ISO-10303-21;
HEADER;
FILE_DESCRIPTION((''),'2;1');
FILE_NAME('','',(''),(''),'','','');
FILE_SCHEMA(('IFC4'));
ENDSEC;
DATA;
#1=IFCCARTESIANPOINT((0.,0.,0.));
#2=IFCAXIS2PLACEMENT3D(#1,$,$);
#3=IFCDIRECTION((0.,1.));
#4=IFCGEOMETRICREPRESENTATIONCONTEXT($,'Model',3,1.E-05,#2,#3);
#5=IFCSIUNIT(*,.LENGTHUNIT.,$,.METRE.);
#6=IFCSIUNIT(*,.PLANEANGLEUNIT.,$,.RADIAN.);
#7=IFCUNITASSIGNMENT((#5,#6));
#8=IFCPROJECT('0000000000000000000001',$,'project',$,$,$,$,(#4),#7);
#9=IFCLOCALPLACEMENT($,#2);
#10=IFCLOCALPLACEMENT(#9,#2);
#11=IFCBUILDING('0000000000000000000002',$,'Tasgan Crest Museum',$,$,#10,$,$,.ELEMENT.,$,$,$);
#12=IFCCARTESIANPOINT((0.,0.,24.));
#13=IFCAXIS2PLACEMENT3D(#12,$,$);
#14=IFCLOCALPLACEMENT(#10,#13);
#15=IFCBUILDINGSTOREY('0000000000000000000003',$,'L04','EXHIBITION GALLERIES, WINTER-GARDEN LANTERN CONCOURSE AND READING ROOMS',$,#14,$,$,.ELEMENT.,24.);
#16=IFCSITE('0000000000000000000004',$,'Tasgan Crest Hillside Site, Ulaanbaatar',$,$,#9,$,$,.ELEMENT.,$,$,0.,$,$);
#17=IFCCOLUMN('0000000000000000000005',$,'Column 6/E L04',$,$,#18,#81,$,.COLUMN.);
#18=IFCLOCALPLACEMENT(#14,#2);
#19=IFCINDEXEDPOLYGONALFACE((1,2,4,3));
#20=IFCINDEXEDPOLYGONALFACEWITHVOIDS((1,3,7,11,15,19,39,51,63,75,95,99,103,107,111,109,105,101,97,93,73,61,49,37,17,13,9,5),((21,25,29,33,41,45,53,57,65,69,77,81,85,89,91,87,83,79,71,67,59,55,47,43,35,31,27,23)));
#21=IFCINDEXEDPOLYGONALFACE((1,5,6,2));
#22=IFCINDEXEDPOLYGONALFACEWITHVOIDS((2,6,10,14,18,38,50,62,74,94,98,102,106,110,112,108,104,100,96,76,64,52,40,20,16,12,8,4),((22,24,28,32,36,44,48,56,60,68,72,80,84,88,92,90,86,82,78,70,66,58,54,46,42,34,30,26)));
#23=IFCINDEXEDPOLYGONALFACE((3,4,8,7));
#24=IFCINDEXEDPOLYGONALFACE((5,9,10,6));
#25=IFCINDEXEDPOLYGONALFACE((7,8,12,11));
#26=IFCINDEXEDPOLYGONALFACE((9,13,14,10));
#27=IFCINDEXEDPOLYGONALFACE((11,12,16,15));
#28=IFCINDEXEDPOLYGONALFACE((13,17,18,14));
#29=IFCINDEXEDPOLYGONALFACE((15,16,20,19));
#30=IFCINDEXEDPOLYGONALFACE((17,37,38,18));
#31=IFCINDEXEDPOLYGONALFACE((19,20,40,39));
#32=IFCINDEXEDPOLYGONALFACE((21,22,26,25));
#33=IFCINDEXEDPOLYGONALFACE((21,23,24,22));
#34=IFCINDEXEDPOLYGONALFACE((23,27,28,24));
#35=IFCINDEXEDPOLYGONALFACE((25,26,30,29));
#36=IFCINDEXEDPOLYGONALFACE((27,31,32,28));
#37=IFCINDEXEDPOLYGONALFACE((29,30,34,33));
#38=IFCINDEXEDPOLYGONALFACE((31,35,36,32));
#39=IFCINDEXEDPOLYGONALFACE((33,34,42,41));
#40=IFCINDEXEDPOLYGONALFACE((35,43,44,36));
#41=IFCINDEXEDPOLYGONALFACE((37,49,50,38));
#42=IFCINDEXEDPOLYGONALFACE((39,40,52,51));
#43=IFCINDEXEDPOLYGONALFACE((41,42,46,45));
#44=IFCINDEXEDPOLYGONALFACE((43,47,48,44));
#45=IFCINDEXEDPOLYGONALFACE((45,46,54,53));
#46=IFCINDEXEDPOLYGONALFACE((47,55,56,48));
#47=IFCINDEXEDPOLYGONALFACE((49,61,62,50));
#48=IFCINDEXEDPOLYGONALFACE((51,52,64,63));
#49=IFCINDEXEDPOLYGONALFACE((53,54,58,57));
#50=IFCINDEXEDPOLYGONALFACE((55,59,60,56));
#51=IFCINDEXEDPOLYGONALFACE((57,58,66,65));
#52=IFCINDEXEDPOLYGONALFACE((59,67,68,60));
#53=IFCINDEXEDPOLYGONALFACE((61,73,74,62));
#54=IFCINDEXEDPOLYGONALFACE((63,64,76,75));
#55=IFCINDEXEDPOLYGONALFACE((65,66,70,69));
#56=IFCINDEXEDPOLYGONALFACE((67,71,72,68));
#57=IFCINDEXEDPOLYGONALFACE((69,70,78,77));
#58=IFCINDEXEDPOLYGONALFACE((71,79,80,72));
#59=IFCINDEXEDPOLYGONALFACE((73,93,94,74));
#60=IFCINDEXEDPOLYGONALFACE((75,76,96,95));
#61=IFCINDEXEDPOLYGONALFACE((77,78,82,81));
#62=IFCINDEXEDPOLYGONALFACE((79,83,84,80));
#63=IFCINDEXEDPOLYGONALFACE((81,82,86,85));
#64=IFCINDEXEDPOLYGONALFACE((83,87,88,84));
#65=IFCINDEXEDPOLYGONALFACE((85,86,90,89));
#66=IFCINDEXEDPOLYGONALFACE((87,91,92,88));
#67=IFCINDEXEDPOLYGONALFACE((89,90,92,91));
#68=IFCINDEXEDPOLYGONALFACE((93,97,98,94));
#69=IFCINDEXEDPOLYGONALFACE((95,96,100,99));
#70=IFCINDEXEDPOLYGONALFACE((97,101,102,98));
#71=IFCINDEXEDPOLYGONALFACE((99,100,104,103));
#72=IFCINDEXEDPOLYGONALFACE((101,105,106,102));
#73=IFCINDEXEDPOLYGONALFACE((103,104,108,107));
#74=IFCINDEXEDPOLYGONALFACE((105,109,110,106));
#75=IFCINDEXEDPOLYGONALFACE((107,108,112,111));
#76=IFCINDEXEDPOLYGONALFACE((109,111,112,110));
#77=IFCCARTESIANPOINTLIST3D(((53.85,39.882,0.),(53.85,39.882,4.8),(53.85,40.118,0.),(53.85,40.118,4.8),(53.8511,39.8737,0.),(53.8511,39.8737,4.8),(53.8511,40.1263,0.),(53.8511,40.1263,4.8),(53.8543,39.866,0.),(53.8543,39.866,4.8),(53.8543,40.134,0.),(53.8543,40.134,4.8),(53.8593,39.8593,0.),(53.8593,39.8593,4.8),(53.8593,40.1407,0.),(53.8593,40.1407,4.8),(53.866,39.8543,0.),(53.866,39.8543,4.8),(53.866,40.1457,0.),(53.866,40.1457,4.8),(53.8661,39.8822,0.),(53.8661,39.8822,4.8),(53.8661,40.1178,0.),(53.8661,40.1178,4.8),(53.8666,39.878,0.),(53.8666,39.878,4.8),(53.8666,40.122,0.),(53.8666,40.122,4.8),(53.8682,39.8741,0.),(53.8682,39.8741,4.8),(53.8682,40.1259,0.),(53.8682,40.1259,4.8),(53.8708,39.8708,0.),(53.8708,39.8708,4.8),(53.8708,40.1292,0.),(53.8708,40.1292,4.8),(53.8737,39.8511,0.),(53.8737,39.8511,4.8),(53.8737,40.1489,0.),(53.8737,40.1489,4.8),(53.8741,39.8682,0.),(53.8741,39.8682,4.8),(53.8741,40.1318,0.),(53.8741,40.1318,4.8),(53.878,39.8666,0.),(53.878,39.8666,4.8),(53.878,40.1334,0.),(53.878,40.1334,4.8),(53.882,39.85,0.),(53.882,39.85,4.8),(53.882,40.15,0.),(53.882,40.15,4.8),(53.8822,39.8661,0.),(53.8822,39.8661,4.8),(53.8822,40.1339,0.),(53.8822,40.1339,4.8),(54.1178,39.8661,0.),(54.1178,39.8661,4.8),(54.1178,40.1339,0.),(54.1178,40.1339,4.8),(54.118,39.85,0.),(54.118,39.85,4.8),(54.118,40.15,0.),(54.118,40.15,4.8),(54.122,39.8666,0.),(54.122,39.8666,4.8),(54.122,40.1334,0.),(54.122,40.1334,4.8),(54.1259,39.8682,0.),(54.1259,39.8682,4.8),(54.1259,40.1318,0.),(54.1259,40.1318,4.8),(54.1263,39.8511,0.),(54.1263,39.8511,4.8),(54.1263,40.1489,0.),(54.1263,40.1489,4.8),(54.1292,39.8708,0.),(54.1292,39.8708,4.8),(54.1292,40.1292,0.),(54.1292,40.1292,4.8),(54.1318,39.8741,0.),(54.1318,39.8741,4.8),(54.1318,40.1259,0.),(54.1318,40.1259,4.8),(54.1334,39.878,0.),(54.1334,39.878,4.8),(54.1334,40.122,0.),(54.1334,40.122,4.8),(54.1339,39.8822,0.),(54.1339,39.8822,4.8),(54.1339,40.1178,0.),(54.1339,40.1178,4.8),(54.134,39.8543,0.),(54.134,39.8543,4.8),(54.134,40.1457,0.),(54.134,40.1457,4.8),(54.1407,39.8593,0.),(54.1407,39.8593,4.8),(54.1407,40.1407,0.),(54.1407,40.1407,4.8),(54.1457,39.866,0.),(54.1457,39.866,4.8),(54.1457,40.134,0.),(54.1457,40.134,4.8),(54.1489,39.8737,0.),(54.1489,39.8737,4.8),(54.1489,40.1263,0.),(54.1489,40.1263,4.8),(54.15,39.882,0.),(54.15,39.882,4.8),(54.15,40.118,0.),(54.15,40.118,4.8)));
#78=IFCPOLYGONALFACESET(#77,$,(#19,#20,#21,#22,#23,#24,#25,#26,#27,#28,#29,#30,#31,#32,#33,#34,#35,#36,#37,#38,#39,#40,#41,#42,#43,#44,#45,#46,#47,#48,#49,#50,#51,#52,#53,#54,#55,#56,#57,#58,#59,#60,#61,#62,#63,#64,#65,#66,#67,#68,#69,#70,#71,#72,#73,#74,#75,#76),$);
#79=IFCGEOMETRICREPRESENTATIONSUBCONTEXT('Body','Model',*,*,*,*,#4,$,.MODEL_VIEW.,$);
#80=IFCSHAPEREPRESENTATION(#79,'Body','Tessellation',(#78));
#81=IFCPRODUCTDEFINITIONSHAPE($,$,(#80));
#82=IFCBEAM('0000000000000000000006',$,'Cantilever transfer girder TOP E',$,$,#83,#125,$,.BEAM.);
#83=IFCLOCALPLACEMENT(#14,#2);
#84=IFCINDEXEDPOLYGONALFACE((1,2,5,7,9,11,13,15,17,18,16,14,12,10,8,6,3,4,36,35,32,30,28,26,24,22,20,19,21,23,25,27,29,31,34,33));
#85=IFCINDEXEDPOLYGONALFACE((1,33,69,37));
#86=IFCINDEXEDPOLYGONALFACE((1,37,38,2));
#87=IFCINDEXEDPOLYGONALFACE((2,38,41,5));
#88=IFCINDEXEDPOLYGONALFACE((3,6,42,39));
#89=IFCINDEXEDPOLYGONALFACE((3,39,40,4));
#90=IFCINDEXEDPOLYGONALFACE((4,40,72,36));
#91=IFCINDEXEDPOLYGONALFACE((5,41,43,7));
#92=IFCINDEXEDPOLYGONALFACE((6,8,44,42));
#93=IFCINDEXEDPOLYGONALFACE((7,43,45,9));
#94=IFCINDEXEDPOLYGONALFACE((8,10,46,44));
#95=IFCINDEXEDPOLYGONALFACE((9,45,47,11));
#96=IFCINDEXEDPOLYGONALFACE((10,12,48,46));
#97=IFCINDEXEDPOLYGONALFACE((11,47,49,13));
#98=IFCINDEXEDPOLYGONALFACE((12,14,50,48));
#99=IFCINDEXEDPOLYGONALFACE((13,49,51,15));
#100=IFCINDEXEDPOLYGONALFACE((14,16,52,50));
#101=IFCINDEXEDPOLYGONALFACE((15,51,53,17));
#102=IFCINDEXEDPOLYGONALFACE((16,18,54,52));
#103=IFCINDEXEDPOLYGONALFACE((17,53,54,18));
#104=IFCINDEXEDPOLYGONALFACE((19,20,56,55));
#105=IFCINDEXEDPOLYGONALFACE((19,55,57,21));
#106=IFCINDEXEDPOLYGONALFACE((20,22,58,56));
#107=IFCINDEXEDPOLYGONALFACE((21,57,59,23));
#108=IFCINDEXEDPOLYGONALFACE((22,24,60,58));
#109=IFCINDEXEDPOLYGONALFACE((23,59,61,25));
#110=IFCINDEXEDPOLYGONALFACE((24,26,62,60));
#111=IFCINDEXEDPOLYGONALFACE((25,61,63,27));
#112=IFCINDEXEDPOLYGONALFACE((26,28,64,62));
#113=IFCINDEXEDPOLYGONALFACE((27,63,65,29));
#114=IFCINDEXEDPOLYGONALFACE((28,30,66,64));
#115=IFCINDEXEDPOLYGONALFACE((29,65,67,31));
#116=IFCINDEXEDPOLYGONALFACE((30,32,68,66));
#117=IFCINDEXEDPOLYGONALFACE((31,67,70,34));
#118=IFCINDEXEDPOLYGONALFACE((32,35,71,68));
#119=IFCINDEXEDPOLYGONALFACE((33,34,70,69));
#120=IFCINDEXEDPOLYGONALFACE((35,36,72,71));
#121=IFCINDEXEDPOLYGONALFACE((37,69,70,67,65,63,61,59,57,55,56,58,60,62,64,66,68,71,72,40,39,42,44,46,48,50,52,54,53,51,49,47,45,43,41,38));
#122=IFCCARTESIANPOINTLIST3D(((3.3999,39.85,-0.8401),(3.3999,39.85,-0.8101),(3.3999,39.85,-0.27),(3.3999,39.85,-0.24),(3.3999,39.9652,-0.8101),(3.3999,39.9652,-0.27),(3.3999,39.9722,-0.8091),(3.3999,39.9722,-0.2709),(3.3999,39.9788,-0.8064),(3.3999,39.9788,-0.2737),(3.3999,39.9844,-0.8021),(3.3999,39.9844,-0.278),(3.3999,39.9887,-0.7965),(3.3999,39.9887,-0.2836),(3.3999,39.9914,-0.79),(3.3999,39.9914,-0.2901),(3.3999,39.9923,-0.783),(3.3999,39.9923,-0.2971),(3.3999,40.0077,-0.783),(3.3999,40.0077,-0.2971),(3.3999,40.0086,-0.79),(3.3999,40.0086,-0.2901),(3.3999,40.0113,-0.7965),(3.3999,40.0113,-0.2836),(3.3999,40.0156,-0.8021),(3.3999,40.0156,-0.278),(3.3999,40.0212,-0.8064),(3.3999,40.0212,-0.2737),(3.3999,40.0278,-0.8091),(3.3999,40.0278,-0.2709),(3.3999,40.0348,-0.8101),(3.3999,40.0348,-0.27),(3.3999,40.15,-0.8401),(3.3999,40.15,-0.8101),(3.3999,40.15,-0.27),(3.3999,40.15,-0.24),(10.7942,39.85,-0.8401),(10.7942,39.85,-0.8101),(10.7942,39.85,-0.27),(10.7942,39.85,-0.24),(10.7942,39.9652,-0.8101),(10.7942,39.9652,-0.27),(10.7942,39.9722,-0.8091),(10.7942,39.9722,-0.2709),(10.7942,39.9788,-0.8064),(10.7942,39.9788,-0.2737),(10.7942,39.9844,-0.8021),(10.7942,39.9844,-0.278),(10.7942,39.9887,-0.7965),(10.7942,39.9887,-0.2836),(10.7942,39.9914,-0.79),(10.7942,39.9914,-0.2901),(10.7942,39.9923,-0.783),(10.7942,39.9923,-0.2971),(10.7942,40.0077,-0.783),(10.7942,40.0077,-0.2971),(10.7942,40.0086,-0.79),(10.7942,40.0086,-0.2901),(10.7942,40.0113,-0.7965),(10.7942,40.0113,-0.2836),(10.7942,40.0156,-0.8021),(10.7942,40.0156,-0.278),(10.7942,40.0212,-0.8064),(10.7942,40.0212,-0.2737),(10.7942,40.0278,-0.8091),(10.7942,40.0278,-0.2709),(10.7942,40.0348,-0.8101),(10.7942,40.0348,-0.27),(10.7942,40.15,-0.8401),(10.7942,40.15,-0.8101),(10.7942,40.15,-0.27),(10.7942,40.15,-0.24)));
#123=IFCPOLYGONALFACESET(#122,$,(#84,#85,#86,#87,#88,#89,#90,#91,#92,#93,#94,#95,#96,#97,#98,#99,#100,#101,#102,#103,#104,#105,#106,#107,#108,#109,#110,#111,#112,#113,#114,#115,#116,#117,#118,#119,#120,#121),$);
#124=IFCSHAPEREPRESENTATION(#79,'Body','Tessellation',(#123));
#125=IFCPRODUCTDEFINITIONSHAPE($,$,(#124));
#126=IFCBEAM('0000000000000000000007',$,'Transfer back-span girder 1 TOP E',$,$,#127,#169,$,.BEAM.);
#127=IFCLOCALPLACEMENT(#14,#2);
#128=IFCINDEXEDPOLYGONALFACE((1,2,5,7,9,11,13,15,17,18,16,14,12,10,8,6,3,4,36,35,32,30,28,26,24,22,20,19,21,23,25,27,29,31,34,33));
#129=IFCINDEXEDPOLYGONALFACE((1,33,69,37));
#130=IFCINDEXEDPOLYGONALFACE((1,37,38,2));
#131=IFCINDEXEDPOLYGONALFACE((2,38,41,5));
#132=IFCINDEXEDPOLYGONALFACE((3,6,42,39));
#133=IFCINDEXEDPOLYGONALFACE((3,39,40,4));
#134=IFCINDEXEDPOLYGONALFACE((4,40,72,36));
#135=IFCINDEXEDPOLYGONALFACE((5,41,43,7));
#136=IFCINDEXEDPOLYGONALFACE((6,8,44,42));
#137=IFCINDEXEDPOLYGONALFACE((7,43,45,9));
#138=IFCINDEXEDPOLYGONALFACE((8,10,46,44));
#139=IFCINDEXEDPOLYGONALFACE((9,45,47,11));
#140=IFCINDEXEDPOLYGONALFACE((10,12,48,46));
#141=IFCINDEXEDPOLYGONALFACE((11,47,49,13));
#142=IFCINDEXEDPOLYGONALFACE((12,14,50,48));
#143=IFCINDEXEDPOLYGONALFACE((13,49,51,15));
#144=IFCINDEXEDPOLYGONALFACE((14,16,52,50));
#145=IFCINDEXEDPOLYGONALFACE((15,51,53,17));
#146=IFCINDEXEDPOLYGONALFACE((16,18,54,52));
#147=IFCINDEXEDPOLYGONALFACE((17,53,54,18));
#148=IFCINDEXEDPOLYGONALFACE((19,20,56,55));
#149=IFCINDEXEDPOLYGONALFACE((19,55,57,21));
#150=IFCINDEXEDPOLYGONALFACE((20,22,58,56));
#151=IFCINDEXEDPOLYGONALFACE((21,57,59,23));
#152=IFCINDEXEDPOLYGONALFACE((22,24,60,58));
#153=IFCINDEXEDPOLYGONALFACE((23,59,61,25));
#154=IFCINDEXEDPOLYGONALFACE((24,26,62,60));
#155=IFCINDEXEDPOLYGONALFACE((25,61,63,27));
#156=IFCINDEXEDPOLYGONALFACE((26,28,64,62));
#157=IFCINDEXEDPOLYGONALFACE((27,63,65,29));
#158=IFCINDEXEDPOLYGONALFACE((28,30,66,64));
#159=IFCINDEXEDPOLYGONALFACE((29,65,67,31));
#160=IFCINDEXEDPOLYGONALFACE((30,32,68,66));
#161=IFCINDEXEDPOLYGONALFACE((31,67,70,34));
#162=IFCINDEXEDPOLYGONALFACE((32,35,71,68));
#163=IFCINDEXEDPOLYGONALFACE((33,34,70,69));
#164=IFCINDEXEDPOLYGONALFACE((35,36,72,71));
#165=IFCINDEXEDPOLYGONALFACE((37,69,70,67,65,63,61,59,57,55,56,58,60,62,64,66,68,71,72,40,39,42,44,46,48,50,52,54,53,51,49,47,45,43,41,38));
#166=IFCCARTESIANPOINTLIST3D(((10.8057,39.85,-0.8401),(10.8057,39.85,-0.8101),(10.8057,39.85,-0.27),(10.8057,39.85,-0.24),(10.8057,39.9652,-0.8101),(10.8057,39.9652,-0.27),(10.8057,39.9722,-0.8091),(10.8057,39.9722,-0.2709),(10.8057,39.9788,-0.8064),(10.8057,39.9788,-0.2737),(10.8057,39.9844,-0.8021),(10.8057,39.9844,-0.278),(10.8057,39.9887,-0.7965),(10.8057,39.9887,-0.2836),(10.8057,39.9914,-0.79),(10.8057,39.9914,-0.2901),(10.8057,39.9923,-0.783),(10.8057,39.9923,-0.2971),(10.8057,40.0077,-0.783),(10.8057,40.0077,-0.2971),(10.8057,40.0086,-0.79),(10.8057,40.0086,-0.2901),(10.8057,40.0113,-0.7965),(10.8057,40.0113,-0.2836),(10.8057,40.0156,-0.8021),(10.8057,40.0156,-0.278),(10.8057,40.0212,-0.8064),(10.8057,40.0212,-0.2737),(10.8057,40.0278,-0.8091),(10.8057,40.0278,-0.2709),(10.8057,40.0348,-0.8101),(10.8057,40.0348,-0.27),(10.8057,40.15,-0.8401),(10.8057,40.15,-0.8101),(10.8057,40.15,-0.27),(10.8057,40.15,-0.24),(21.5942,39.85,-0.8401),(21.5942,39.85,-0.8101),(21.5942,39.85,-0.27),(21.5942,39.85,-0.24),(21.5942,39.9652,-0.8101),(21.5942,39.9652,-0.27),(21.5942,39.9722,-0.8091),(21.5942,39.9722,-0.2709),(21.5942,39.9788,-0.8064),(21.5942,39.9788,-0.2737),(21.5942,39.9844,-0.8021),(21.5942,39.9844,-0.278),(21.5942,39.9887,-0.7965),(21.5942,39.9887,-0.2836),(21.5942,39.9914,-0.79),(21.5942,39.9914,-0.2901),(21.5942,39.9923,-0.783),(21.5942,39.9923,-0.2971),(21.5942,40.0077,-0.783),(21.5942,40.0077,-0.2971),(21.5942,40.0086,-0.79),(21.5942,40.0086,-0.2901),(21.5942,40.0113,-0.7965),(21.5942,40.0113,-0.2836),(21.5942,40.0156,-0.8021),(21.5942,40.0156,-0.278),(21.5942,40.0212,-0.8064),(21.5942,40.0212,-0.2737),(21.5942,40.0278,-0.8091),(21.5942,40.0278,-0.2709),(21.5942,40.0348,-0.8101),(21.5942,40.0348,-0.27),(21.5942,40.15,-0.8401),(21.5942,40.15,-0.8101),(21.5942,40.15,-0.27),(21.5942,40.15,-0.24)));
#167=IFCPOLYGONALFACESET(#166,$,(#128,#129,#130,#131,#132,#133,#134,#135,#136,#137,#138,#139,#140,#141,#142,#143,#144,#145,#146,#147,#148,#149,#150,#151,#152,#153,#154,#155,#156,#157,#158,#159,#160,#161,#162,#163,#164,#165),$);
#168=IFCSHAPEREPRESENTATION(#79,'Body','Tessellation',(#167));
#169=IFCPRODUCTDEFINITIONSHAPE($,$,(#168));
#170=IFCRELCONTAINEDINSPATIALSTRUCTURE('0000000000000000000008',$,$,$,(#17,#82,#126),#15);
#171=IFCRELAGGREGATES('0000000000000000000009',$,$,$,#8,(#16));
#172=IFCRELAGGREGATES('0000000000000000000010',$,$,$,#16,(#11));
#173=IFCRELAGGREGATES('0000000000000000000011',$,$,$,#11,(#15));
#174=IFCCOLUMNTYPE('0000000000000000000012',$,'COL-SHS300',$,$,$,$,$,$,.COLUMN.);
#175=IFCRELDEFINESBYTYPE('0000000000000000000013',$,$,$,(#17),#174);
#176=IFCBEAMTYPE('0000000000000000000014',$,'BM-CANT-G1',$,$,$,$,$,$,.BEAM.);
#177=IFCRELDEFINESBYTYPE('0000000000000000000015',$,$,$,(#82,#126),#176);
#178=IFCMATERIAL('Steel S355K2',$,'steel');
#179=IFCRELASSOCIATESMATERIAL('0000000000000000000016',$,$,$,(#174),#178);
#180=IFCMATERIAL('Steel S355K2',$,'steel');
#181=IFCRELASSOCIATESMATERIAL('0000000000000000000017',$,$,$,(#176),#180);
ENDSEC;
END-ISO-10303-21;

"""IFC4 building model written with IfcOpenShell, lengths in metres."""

from ifc_helpers import new_model, si_unit, direction, frame, origin, origin_2d, place, context, subcontext, project, spatial, hollow_rectangle, i_section, extrude, material, material_profile, profile_set, type_object, element, save


model = new_model("IFC4")

# Units and contexts
model_context = context("Model", 3, precision=1e-05, world=origin(), true_north=direction((0.0, 1.0)))
body_context = subcontext(model_context, "Body", "Model", "MODEL_VIEW")
ifc_project = project(units=[si_unit("LENGTHUNIT", "METRE"), si_unit("PLANEANGLEUNIT", "RADIAN")], contexts=[model_context])

# Site, building, storey
site_placement = place(None, origin())
site = spatial("IfcSite", under=ifc_project, at=site_placement, Name="Tasgan Crest Hillside Site, Ulaanbaatar", CompositionType="ELEMENT", RefElevation=0.0)
building_placement = place(site_placement, origin())
building = spatial("IfcBuilding", under=site, at=building_placement, Name="Tasgan Crest Museum", CompositionType="ELEMENT")
storey_placement = place(building_placement, frame((0.0, 0.0, 24.0)))
storey = spatial("IfcBuildingStorey", under=building, at=storey_placement, Name="L04", Description="EXHIBITION GALLERIES, WINTER-GARDEN LANTERN CONCOURSE AND READING ROOMS", CompositionType="ELEMENT", Elevation=24.0)

# Column
ifc_material_1 = material(Name="Steel S355K2", Category="steel")
ifc_material_profile_1 = material_profile(ifc_material_1, hollow_rectangle(XDim=0.3, YDim=0.3, WallThickness=0.0161, InnerFilletRadius=0.0161, OuterFilletRadius=0.032, at=origin_2d()), Name="SHS 300x300x16")
ifc_profile_set_1 = profile_set([ifc_material_profile_1], Name="Steel S355K2")
column_type = type_object("IfcColumnType", Name="COL-SHS300", PredefinedType="COLUMN", material=ifc_profile_set_1)
column_placement = place(storey_placement, frame((54.0, 40.0, 0.0), z_axis=(0.0, 0.0, 1.0), x_axis=(1.0, 0.0, 0.0)))
element("IfcColumn", 1, at=column_placement, inside=storey, type_object=column_type, Name="Column 6/E L04", PredefinedType="COLUMN", context=body_context, shape_type="SweptSolid", body=[
    extrude(hollow_rectangle(XDim=0.3, YDim=0.3, WallThickness=0.0161, InnerFilletRadius=0.0161, OuterFilletRadius=0.032, at=origin_2d()), origin(), (0.0, 0.0, 1.0), 4.8),
])

# Beams
ifc_material_2 = material(Name="Steel S355K2", Category="steel")
ifc_material_profile_2 = material_profile(ifc_material_2, i_section(OverallWidth=0.3, OverallDepth=0.6001, WebThickness=0.0154, FlangeThickness=0.03, FilletRadius=0.0271, at=origin_2d()), Name="HEB 600")
ifc_profile_set_2 = profile_set([ifc_material_profile_2], Name="Steel S355K2")
beam_type_1 = type_object("IfcBeamType", Name="BM-CANT-G1", PredefinedType="BEAM", material=ifc_profile_set_2)
beam_1_placement = place(storey_placement, frame((3.3999, 40.0, -0.54), z_axis=(1.0, 0.0, 0.0), x_axis=(0.0, 1.0, 0.0)))
element("IfcBeam", 2, at=beam_1_placement, inside=storey, type_object=beam_type_1, Name="Cantilever transfer girder TOP E", PredefinedType="BEAM", context=body_context, shape_type="SweptSolid", body=[
    extrude(i_section(OverallWidth=0.3, OverallDepth=0.6001, WebThickness=0.0154, FlangeThickness=0.03, FilletRadius=0.0271, at=origin_2d()), origin(), (0.0, 0.0, 1.0), 7.3943),
])
for number, where, z_axis, x_axis, name in (
    (3, (10.8057, 40.0, -0.54), (1.0, 0.0, 0.0), (0.0, 1.0, 0.0), "Transfer back-span girder 1 TOP E"),
):
    element("IfcBeam", number, at=place(storey_placement, frame(where, z_axis=z_axis, x_axis=x_axis)), inside=storey, type_object=beam_type_1, Name=name, PredefinedType="BEAM", context=body_context, shape_type="SweptSolid", body=[
        extrude(i_section(OverallWidth=0.3, OverallDepth=0.6001, WebThickness=0.0154, FlangeThickness=0.03, FilletRadius=0.0271, at=origin_2d()), origin(), (0.0, 0.0, 1.0), 10.7886),
    ])

save(model, "model.ifc")
